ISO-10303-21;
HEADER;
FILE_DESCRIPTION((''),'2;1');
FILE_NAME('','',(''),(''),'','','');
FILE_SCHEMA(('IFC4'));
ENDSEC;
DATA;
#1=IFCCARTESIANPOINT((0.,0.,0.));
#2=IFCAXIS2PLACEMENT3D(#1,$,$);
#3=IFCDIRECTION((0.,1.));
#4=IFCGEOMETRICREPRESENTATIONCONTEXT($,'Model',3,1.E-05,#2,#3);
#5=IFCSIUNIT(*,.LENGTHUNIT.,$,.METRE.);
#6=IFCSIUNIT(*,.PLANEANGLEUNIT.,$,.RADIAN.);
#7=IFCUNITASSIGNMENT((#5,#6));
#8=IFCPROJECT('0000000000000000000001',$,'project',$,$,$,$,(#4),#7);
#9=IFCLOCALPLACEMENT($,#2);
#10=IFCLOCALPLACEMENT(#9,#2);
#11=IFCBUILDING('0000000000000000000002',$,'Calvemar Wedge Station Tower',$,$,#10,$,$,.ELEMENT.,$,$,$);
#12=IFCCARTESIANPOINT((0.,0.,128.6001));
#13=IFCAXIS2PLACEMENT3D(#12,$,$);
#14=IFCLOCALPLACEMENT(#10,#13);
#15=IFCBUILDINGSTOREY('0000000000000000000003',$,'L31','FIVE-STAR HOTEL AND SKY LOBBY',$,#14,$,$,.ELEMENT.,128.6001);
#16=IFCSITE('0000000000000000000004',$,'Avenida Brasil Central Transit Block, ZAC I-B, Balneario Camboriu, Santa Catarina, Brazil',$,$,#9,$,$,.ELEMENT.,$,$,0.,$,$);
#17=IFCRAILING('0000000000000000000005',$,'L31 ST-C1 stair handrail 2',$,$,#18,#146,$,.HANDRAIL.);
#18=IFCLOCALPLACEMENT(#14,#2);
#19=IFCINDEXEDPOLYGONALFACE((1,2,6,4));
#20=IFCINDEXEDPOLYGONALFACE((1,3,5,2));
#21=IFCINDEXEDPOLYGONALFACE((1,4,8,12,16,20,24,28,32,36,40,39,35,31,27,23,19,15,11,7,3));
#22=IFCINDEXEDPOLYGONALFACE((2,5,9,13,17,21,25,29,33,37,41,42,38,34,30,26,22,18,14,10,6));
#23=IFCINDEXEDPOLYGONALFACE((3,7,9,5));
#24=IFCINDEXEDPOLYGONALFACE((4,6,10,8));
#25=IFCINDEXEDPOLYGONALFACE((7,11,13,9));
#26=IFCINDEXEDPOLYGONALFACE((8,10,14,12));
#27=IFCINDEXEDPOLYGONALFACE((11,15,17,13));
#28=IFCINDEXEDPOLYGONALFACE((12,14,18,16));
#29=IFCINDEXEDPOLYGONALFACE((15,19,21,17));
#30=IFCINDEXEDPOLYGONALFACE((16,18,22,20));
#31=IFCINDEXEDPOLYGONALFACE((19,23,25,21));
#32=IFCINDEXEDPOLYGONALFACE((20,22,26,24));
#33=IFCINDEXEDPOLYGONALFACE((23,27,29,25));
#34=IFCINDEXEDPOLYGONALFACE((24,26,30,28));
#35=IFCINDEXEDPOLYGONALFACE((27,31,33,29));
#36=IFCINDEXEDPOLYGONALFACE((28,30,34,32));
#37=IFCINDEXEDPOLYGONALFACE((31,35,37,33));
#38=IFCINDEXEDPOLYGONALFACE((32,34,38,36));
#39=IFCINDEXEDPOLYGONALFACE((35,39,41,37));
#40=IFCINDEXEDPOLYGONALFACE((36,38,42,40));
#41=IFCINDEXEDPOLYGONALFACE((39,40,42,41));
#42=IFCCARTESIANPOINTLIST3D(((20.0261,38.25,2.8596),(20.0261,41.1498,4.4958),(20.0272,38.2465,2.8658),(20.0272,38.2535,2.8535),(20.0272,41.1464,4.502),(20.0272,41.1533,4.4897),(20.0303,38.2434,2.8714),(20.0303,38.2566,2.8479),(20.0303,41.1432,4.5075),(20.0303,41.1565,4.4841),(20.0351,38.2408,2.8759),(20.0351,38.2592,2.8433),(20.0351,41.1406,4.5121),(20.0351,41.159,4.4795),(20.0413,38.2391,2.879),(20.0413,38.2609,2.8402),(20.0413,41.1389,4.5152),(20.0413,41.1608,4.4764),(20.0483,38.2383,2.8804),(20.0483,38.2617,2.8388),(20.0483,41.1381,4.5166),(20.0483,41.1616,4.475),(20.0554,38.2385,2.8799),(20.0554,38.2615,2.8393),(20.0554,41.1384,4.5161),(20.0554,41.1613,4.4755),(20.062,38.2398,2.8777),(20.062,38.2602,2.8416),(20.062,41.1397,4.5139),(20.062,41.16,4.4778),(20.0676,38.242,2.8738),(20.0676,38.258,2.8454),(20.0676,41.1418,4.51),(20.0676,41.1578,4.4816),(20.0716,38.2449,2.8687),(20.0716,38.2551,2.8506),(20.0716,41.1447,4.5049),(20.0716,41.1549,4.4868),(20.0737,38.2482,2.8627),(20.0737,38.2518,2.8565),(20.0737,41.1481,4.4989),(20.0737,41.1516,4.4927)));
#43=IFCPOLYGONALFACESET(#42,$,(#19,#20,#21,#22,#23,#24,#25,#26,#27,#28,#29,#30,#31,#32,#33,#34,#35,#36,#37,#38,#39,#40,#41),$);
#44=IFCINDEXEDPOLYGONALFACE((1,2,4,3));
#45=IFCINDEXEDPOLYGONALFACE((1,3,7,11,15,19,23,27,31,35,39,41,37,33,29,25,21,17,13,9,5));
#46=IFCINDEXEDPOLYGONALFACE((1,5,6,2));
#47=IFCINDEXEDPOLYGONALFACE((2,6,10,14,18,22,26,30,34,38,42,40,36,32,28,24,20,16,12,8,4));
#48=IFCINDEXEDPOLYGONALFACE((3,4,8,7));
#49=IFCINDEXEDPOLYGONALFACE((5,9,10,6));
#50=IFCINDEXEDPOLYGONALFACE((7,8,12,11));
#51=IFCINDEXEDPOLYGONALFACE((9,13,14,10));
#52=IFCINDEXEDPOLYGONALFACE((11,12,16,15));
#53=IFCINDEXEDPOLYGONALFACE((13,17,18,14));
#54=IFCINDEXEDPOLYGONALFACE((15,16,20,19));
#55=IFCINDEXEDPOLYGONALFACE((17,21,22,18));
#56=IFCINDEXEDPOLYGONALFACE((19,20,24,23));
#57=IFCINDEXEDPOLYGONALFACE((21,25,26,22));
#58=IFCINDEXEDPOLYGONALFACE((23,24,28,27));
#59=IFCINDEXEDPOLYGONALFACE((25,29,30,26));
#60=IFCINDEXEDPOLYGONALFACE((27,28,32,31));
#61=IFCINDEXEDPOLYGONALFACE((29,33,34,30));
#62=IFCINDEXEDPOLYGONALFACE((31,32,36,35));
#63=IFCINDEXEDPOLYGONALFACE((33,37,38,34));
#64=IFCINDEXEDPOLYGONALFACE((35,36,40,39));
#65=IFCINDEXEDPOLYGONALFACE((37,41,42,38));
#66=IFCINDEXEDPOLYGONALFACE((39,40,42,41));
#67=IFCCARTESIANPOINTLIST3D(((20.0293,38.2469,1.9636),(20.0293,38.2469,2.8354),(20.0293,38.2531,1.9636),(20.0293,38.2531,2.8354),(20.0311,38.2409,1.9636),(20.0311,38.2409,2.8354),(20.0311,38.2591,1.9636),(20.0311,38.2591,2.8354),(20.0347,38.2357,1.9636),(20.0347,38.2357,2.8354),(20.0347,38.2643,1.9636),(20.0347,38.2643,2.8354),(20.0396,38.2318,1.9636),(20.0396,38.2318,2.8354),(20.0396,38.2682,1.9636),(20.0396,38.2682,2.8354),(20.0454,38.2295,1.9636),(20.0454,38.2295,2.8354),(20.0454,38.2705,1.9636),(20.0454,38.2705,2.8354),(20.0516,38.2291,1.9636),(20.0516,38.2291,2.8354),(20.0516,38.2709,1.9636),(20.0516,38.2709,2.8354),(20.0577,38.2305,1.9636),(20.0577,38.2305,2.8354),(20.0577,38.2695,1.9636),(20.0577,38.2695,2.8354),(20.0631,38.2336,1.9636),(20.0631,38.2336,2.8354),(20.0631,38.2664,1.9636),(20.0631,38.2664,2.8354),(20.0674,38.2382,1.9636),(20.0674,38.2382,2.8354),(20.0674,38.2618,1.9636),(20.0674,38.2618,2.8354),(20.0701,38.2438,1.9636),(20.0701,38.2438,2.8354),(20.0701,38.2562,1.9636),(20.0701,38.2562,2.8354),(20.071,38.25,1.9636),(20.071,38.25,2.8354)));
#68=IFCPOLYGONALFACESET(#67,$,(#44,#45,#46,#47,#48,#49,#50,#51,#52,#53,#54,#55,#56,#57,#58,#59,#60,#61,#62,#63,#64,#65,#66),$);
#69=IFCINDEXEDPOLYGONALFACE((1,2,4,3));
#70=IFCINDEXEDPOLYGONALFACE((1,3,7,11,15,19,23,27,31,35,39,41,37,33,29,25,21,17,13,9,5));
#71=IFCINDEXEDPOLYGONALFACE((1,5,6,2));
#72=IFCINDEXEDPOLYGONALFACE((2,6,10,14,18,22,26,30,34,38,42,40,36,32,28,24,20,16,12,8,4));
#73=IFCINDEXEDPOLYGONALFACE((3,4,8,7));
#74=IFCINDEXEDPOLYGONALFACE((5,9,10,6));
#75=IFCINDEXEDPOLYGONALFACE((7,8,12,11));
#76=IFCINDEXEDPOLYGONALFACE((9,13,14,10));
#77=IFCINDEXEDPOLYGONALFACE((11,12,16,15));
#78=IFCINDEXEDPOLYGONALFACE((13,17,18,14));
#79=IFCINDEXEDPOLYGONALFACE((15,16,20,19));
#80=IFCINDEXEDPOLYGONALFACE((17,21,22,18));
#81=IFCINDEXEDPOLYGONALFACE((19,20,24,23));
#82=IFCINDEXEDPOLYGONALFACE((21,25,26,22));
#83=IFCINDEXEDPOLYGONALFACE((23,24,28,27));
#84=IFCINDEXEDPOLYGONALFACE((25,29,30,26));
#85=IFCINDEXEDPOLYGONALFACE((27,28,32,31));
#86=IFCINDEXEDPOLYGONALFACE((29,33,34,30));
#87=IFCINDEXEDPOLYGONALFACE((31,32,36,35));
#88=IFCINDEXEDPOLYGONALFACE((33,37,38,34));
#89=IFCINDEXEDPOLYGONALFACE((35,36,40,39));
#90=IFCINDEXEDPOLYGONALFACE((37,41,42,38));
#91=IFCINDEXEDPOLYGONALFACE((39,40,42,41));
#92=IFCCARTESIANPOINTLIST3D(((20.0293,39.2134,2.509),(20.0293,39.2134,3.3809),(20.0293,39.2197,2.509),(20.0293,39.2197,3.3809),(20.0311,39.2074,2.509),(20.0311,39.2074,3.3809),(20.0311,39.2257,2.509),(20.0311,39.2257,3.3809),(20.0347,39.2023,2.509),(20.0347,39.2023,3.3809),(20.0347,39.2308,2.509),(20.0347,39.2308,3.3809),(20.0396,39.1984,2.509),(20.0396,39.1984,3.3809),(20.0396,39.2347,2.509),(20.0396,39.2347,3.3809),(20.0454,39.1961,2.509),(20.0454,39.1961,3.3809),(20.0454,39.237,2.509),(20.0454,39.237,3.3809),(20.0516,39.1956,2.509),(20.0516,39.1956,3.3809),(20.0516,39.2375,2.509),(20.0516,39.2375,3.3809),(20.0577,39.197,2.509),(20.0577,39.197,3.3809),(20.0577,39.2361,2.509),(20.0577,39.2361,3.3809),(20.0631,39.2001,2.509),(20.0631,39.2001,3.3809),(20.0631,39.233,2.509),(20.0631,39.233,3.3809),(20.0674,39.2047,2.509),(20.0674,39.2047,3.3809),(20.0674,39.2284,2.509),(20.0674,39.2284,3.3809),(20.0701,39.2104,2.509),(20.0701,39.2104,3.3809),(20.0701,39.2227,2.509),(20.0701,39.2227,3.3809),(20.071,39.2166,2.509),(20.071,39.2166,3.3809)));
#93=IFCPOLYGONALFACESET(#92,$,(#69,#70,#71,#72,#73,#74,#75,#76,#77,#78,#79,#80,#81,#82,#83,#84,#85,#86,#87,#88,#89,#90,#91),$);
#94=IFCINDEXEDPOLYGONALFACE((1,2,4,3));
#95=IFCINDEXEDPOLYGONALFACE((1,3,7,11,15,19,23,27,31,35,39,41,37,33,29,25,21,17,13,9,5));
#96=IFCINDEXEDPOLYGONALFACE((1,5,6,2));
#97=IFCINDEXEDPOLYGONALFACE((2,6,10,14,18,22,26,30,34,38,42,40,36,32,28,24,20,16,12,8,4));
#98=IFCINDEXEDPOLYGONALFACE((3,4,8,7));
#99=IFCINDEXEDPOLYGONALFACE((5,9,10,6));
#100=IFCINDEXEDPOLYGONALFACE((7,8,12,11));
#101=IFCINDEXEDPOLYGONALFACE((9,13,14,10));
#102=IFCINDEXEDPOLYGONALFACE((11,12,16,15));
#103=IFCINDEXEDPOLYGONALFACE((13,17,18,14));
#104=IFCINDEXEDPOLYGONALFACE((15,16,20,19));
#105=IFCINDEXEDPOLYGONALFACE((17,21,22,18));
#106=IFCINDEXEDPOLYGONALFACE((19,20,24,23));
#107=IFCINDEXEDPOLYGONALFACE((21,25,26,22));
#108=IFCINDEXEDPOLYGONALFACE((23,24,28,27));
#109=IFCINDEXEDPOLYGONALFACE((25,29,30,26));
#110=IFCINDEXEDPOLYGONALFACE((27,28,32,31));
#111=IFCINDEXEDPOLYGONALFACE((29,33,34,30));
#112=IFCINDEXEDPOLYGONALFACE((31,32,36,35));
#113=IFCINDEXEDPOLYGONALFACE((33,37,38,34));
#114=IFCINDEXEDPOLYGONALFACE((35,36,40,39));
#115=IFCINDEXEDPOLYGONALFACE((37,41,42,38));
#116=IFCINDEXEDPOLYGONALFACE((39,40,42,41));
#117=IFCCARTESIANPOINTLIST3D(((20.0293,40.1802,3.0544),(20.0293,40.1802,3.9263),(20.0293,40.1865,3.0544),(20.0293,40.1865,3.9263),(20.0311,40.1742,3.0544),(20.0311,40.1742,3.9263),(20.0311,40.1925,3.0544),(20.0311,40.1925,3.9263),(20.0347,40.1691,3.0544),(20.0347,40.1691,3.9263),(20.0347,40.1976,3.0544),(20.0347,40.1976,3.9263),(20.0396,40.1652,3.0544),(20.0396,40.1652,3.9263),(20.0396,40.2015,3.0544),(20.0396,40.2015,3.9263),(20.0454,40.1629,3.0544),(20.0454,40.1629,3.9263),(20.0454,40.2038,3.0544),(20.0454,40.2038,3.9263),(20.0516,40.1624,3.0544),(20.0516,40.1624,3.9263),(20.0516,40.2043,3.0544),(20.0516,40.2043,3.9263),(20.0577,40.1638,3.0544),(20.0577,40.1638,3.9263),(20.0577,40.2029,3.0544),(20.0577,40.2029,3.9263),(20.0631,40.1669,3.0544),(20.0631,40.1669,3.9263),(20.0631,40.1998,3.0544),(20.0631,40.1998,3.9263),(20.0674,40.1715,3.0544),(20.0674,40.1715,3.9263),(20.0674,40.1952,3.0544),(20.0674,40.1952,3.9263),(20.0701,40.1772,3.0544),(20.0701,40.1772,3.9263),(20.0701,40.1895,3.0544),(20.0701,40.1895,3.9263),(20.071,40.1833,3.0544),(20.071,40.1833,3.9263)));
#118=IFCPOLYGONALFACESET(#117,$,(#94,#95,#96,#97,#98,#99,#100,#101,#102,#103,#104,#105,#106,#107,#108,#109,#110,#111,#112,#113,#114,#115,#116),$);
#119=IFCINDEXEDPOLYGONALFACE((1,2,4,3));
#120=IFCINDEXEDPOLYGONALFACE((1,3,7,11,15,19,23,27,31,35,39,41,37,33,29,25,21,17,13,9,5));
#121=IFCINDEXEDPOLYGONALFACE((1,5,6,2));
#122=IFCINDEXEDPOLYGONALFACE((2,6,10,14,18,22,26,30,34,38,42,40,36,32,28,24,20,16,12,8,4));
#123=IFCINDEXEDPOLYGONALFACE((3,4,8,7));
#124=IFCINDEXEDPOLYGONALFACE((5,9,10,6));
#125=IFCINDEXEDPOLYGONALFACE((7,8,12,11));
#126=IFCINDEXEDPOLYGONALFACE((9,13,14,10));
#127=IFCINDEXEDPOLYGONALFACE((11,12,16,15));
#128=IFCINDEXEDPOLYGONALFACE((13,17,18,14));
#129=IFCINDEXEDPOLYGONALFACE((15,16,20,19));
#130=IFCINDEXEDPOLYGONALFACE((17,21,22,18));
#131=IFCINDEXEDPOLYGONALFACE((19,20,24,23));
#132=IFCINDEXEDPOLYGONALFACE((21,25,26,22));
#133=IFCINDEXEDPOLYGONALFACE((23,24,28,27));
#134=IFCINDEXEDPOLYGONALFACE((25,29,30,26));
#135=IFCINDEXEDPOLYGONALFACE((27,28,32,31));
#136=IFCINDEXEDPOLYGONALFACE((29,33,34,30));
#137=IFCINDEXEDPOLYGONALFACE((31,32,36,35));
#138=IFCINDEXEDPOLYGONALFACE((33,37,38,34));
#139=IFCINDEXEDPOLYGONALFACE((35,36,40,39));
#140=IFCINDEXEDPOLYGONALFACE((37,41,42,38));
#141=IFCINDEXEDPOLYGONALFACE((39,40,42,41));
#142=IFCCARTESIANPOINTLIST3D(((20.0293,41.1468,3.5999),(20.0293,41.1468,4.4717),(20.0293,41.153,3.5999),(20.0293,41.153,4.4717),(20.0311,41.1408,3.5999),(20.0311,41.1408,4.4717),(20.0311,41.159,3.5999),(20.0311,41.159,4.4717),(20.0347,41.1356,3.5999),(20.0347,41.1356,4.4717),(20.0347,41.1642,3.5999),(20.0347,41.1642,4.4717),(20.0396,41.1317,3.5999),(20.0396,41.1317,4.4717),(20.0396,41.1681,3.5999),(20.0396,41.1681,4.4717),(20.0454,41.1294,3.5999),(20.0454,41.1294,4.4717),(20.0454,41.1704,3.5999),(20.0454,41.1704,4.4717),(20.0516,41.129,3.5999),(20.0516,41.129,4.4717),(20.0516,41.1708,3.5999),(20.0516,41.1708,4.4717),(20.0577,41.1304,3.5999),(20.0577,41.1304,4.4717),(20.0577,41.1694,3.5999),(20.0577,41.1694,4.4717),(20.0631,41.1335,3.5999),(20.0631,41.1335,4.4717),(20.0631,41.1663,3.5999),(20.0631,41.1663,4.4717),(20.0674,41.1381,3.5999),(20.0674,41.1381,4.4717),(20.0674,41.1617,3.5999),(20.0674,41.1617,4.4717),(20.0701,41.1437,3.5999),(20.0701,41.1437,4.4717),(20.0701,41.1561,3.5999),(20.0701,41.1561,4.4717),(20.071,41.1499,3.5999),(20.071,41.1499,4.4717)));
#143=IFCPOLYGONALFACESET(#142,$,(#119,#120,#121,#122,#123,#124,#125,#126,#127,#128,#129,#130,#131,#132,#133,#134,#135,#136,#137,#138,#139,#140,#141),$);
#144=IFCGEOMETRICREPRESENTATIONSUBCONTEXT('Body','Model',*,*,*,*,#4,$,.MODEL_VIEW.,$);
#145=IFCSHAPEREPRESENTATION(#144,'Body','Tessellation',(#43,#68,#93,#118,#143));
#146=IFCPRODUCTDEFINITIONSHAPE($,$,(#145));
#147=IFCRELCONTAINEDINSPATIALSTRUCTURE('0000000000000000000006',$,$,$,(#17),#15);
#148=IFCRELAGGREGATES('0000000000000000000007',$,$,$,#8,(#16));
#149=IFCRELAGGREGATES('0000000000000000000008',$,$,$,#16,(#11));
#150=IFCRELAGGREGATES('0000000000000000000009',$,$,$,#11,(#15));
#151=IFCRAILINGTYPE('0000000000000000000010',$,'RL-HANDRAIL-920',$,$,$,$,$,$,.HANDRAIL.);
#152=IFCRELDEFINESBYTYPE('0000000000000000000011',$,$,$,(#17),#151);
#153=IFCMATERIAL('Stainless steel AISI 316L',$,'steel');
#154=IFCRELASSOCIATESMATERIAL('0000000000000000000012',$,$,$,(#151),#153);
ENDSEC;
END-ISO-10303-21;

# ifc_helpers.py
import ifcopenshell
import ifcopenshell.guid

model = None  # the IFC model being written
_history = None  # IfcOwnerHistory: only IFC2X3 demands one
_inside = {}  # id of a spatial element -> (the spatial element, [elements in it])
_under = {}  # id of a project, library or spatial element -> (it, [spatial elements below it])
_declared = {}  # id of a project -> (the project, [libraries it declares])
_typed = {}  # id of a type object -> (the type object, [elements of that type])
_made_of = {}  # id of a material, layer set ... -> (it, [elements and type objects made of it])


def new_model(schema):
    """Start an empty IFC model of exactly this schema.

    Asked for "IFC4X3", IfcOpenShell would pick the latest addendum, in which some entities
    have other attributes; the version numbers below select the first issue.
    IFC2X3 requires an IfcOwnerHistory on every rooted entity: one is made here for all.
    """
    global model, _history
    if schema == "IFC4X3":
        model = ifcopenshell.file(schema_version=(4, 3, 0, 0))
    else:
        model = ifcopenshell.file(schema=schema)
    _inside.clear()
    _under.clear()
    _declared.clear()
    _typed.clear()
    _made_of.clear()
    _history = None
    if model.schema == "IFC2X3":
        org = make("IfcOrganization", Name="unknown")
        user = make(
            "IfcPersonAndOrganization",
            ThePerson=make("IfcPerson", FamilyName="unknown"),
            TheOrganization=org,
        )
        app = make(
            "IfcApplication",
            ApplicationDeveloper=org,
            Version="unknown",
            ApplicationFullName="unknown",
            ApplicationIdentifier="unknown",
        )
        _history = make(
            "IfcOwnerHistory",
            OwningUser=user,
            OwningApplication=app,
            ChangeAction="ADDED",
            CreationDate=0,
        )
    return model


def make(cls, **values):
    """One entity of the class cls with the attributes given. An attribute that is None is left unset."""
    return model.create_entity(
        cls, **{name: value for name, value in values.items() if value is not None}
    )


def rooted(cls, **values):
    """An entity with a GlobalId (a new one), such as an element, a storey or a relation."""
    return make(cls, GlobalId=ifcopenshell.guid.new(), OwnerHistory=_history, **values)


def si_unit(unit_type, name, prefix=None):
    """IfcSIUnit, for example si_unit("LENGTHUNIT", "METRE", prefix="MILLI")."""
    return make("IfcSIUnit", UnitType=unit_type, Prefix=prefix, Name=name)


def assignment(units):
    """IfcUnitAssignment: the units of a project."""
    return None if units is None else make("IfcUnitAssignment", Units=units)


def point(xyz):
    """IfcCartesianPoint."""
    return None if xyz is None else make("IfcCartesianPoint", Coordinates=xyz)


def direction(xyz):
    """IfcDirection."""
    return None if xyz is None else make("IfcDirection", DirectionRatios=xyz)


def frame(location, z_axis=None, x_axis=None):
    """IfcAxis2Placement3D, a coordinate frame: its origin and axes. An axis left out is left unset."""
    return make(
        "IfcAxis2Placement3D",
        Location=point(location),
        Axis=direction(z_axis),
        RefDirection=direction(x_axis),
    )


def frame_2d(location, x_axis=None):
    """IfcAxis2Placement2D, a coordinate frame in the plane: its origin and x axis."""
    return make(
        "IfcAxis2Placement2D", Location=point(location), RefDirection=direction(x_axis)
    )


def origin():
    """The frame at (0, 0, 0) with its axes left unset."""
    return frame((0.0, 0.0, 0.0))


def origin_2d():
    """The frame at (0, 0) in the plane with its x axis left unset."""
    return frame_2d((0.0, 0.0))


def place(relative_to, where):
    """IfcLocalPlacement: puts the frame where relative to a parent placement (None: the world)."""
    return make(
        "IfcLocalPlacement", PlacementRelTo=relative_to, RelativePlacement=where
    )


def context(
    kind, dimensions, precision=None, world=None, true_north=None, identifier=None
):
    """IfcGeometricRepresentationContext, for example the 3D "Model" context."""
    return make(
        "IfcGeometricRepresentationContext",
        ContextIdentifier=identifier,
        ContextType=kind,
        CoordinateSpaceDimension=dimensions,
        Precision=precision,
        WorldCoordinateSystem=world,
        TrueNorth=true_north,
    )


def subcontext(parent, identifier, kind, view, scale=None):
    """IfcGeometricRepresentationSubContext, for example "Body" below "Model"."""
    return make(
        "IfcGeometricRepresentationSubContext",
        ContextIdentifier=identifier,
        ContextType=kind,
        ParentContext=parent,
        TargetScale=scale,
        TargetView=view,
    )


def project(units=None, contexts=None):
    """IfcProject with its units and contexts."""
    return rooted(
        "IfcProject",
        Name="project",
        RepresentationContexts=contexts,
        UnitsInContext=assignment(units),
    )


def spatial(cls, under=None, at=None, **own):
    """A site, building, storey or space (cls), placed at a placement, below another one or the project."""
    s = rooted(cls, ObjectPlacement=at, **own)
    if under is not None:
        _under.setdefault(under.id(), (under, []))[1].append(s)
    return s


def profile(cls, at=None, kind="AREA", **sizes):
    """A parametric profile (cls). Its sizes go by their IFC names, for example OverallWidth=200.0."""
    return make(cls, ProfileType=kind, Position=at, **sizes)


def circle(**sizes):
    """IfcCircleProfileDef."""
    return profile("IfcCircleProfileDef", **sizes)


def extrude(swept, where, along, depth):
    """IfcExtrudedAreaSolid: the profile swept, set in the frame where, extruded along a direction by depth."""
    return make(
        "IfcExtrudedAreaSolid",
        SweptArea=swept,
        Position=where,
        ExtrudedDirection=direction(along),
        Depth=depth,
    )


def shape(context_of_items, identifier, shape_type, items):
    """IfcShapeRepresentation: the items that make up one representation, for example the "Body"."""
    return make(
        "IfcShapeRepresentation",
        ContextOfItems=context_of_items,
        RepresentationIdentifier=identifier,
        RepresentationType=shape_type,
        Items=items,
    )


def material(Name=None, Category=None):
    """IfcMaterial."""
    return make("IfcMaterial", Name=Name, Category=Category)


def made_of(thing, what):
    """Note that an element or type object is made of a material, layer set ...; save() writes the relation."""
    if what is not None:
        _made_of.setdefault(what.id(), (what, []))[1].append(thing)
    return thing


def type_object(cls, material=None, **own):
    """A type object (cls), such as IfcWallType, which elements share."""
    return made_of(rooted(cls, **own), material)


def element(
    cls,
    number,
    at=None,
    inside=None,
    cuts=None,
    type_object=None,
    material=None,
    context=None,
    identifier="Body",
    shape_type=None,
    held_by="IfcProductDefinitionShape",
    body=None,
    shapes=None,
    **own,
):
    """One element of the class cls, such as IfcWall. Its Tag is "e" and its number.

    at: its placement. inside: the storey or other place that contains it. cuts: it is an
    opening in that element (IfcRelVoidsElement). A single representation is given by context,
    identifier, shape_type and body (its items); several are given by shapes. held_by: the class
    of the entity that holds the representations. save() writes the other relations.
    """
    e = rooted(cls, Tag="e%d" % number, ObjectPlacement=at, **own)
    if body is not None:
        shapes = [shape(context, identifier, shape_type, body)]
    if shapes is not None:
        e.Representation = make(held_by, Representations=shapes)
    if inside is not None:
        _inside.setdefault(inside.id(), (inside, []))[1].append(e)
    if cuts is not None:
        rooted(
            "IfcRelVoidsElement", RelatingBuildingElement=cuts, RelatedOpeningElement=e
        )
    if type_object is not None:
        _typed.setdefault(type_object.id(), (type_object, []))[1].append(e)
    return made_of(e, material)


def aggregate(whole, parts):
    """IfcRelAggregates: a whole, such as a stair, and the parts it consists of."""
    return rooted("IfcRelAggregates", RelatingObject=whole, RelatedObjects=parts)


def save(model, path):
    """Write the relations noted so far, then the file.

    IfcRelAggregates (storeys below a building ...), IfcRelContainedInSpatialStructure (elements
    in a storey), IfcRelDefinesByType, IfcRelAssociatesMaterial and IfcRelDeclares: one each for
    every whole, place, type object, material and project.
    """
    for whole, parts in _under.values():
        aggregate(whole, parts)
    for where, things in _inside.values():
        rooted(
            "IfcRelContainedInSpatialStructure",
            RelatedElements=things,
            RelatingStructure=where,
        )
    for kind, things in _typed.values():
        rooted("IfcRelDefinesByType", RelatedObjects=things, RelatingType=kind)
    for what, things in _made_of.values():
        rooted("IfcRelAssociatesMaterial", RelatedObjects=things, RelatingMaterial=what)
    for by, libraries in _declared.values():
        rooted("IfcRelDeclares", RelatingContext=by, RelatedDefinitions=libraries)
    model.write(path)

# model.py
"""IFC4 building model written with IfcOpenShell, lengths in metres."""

from ifc_helpers import new_model, si_unit, direction, frame, origin, origin_2d, place, context, subcontext, project, spatial, circle, extrude, material, type_object, element, save


model = new_model("IFC4")

# Units and contexts
model_context = context("Model", 3, precision=1e-05, world=origin(), true_north=direction((0.0, 1.0)))
body_context = subcontext(model_context, "Body", "Model", "MODEL_VIEW")
ifc_project = project(units=[si_unit("LENGTHUNIT", "METRE"), si_unit("PLANEANGLEUNIT", "RADIAN")], contexts=[model_context])

# Site, building, storey
site_placement = place(None, origin())
site = spatial("IfcSite", under=ifc_project, at=site_placement, Name="Avenida Brasil Central Transit Block, ZAC I-B, Balneario Camboriu, Santa Catarina, Brazil", CompositionType="ELEMENT", RefElevation=0.0)
building_placement = place(site_placement, origin())
building = spatial("IfcBuilding", under=site, at=building_placement, Name="Calvemar Wedge Station Tower", CompositionType="ELEMENT")
storey_placement = place(building_placement, frame((0.0, 0.0, 128.6001)))
storey = spatial("IfcBuildingStorey", under=building, at=storey_placement, Name="L31", Description="FIVE-STAR HOTEL AND SKY LOBBY", CompositionType="ELEMENT", Elevation=128.6001)

# Railing
ifc_material_1 = material(Name="Stainless steel AISI 316L", Category="steel")
railing_type_1 = type_object("IfcRailingType", Name="RL-HANDRAIL-920", PredefinedType="HANDRAIL", material=ifc_material_1)
railing_1_placement = place(storey_placement, frame((20.05, 38.25, 1.9636)))
element("IfcRailing", 1, at=railing_1_placement, inside=storey, type_object=railing_type_1, Name="L31 ST-C1 stair handrail 2", PredefinedType="HANDRAIL", context=body_context, shape_type="SweptSolid", body=[
    extrude(circle(Radius=0.0239, at=origin_2d()), frame((0.0, 0.0, 0.896), z_axis=(0.0, 0.870929, 0.49141), x_axis=(-1.0, 0.0, 0.0)), (0.0, 0.0, 1.0), 3.3296),
    extrude(circle(Radius=0.021, at=origin_2d()), origin(), (0.0, 0.0, 1.0), 0.8718),
    extrude(circle(Radius=0.021, at=origin_2d()), frame((0.0, 0.9666, 0.5454)), (0.0, 0.0, 1.0), 0.8718),
    extrude(circle(Radius=0.021, at=origin_2d()), frame((0.0, 1.9333, 1.0908)), (0.0, 0.0, 1.0), 0.8718),
    extrude(circle(Radius=0.021, at=origin_2d()), frame((0.0, 2.8999, 1.6362)), (0.0, 0.0, 1.0), 0.8718),
])

save(model, "model.ifc")
